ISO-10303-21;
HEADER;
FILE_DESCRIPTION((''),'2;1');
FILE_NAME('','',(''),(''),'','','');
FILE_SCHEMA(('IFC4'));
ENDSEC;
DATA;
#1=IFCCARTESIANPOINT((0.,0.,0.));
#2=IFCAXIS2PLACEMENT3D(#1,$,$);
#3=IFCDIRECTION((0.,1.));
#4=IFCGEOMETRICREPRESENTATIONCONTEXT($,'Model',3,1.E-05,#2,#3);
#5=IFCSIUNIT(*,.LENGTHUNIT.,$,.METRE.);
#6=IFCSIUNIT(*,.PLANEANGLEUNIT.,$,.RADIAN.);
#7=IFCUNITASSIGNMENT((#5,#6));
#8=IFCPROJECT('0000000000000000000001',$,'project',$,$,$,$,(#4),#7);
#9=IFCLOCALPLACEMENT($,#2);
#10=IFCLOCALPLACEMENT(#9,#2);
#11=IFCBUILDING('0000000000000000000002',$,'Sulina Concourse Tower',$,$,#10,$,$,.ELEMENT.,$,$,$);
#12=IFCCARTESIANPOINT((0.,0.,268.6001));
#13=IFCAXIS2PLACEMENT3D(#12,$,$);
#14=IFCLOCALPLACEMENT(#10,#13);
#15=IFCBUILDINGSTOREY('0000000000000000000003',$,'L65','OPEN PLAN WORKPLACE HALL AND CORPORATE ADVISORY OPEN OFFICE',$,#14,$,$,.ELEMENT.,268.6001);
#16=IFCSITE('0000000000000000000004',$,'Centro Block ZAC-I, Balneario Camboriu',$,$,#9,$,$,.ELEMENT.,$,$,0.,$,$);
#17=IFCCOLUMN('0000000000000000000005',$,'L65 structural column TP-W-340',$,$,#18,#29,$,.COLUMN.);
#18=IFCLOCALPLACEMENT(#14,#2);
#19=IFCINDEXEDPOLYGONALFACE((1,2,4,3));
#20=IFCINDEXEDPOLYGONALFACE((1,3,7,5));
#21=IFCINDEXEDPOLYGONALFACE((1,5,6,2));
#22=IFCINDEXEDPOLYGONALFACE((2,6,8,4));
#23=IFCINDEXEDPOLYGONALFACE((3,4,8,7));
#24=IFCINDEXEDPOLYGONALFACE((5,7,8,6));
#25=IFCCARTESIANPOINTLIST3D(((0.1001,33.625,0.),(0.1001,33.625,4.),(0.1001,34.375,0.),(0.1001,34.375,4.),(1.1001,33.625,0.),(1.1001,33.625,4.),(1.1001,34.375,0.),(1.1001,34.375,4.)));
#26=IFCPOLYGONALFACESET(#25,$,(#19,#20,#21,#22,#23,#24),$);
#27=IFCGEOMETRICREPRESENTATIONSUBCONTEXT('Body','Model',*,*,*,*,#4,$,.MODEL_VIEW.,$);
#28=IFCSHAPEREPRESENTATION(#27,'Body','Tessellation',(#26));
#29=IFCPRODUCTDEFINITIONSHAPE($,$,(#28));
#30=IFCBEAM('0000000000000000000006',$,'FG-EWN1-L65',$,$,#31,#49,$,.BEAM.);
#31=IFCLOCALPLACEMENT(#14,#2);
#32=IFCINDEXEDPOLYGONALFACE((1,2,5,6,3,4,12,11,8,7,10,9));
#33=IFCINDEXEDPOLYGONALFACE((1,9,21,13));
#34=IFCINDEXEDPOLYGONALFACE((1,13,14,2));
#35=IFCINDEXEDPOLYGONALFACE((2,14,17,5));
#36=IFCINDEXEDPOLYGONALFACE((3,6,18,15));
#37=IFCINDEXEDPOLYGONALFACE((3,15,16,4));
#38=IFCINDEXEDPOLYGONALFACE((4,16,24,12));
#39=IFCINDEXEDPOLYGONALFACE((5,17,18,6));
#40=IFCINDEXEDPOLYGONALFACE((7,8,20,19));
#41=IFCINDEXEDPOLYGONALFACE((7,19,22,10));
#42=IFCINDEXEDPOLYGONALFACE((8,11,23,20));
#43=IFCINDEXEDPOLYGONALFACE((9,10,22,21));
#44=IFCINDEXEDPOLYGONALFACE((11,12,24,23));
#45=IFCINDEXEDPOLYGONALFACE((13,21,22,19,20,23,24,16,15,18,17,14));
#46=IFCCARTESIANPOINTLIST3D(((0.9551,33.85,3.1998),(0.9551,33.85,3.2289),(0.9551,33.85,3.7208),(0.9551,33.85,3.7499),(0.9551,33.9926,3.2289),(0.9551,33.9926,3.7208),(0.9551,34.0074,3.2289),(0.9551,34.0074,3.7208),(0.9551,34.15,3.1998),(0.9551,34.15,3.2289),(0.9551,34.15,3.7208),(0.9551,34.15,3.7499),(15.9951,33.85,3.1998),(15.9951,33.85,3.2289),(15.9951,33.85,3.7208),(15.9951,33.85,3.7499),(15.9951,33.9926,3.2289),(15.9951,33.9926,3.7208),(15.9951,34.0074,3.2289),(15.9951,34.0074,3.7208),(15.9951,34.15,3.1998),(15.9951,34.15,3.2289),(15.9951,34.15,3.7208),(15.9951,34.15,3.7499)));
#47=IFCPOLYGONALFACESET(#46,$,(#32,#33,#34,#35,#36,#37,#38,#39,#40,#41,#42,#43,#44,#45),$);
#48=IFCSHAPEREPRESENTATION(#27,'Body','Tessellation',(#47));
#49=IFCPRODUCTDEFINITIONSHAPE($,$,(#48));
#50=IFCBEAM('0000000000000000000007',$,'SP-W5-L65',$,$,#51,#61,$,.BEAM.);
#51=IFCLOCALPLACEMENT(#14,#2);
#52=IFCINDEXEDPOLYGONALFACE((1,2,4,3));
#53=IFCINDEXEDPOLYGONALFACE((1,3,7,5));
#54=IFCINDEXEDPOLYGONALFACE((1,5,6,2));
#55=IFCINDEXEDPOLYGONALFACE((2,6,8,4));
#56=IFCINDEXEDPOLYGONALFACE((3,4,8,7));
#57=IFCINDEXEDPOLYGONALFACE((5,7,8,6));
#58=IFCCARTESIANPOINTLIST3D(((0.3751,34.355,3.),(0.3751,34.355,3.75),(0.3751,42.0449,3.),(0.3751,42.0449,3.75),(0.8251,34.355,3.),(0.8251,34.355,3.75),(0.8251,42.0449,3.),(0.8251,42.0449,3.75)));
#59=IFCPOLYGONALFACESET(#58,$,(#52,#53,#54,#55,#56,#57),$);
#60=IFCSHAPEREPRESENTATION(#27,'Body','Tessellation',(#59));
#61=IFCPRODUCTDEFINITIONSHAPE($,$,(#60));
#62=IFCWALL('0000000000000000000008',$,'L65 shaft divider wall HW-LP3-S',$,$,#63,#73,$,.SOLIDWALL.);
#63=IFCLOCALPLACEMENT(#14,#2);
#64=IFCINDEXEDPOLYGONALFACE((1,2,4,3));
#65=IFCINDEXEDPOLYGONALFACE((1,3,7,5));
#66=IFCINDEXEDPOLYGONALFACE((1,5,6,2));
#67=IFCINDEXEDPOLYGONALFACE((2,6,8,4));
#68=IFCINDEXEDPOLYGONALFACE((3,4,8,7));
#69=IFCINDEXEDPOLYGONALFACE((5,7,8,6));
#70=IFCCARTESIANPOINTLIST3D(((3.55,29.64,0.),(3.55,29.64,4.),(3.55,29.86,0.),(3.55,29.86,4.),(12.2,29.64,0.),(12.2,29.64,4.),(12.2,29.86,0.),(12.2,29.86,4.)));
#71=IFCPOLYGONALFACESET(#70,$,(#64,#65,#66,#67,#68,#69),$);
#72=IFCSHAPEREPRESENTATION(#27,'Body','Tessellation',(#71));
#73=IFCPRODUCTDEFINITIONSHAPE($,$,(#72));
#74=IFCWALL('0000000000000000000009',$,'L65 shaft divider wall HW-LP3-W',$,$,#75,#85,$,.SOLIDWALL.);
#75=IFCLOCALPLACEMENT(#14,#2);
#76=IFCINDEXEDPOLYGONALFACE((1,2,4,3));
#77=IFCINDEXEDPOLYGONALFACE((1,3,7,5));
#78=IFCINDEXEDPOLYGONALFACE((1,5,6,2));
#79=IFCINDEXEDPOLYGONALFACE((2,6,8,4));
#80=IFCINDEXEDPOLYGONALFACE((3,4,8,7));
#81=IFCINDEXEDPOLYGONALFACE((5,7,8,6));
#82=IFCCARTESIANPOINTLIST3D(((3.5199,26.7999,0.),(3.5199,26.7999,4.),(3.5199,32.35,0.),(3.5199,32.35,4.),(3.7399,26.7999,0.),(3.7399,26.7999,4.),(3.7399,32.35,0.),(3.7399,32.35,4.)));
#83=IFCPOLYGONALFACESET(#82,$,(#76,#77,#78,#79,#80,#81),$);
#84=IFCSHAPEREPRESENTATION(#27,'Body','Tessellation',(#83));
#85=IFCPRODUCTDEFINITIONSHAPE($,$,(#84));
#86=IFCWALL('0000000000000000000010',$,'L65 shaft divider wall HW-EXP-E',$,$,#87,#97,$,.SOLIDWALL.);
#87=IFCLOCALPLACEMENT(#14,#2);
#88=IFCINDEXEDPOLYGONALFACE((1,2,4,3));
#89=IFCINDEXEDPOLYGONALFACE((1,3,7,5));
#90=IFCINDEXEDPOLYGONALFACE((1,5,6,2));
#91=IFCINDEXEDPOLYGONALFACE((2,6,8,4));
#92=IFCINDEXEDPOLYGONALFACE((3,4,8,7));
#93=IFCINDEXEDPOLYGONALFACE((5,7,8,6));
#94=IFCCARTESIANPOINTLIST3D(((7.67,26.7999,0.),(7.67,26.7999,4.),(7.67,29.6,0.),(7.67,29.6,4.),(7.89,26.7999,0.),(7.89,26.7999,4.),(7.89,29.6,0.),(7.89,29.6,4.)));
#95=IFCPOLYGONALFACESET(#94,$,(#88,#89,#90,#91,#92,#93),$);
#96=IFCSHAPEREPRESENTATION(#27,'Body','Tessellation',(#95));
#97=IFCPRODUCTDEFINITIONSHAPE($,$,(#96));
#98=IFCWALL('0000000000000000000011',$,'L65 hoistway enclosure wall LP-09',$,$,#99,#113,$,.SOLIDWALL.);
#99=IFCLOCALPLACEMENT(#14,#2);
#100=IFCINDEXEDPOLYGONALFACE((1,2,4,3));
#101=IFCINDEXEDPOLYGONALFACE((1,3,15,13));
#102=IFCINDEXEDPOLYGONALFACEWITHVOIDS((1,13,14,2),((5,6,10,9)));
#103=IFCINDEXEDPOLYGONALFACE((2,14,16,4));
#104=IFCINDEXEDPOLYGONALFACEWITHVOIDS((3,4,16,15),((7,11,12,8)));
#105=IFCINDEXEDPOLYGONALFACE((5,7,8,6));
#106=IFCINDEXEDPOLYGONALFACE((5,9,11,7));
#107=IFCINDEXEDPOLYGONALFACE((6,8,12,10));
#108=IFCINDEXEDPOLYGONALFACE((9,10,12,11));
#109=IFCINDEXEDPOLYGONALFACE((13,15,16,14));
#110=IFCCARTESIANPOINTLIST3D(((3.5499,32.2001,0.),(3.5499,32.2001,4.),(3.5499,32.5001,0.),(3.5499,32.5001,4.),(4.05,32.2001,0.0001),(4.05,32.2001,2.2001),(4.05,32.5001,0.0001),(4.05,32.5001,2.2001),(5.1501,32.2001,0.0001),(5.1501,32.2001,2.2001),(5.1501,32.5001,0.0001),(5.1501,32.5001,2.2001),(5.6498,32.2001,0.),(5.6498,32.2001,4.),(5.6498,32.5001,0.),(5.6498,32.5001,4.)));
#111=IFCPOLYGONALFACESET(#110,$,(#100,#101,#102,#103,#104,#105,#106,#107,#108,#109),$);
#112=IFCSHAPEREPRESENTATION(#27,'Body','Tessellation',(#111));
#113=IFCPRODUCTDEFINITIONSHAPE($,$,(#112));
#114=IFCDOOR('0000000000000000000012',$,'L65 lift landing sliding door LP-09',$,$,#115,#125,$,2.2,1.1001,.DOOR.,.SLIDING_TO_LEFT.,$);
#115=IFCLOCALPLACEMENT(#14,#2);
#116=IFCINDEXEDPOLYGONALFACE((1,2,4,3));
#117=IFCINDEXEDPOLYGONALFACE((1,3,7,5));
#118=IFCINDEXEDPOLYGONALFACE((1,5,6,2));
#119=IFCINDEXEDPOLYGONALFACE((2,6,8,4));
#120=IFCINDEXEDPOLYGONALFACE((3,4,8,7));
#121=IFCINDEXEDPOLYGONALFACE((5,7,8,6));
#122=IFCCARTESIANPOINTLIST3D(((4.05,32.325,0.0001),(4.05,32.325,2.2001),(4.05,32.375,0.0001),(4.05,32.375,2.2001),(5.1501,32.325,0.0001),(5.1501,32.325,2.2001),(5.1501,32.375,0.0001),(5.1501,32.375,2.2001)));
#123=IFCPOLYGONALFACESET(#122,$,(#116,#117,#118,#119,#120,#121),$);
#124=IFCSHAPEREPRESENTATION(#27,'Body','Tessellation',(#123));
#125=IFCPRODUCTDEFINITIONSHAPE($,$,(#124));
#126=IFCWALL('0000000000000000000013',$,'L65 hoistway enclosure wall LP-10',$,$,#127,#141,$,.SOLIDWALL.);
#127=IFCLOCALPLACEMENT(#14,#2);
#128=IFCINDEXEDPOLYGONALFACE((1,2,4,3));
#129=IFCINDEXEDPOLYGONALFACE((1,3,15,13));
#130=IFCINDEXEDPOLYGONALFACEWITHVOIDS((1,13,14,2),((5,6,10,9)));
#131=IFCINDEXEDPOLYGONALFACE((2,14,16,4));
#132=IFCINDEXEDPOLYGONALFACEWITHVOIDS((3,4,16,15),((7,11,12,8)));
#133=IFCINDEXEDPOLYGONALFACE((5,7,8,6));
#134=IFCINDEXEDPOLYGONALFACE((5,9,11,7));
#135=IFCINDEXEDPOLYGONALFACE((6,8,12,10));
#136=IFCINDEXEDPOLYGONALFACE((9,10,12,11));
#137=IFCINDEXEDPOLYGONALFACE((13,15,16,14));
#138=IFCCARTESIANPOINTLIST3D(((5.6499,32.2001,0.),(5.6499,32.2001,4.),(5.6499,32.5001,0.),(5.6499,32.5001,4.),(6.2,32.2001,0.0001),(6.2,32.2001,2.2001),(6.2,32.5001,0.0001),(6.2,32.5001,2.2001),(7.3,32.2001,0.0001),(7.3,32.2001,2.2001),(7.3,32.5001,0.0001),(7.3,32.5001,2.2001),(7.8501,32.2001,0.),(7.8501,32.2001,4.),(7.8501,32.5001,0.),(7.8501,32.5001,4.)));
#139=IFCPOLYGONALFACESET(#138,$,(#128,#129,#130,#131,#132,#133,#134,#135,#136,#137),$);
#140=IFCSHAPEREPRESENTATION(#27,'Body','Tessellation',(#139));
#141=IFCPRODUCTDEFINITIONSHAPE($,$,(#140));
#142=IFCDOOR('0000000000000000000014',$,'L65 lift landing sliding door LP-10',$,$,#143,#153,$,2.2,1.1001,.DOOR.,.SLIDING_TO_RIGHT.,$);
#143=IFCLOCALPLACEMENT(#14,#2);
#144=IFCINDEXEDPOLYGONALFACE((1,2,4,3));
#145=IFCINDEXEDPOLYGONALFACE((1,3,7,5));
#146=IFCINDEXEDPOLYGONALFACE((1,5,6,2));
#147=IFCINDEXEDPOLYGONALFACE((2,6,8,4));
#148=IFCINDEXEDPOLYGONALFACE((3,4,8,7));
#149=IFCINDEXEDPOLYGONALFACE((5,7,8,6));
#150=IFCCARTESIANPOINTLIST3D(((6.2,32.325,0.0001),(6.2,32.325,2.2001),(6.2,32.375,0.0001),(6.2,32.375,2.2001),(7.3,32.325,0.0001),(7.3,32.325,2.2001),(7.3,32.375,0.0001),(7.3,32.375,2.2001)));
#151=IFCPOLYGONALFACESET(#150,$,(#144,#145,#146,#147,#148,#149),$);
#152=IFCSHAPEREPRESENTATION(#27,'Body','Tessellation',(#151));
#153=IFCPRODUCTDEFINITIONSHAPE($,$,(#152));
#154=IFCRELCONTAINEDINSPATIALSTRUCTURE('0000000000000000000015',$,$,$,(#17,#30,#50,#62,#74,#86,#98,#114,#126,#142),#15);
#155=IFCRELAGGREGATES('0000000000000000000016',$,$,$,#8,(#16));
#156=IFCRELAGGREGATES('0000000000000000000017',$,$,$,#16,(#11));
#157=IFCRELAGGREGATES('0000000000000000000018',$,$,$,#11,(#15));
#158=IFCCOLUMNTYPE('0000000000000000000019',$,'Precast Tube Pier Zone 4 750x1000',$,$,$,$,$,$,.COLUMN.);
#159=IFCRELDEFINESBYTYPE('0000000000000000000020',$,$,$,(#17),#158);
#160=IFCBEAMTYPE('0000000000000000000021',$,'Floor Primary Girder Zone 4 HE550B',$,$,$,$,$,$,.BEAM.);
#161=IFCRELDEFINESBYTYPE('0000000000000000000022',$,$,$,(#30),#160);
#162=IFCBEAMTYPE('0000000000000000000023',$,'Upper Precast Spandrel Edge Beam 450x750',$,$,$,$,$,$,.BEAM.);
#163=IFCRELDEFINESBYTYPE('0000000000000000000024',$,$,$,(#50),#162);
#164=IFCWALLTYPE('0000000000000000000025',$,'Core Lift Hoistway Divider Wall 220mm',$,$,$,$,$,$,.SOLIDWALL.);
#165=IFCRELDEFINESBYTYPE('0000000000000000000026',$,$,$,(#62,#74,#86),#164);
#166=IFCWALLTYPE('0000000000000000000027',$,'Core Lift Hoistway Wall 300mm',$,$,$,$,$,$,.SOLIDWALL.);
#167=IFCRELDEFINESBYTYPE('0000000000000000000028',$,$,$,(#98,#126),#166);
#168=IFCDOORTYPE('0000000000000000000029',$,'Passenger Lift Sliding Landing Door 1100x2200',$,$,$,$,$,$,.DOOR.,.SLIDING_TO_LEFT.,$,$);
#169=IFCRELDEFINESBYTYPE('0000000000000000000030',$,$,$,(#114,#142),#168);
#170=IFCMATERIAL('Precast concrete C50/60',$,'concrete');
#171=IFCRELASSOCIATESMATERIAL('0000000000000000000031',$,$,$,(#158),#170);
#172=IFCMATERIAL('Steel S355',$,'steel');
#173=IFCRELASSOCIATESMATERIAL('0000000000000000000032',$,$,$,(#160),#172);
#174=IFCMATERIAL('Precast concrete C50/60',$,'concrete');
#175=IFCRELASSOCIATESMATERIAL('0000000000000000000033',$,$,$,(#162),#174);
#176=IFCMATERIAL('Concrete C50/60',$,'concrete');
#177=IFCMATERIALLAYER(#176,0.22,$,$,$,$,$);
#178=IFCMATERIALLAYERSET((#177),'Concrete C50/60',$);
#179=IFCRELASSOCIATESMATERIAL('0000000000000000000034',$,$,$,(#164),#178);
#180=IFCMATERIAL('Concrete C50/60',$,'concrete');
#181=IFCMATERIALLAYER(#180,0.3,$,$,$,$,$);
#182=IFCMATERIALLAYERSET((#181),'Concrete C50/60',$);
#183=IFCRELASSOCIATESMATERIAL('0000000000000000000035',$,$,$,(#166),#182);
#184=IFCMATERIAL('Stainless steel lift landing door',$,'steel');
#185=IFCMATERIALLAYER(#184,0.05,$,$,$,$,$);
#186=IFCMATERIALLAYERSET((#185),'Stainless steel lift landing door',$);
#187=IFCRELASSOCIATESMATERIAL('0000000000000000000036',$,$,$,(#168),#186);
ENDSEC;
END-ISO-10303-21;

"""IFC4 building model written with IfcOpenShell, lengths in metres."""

from ifc_helpers import new_model, si_unit, direction, frame, frame_2d, origin, origin_2d, place, context, subcontext, project, spatial, rectangle, i_section, extrude, material, layer, layer_set, material_profile, profile_set, type_object, element, fill, save


model = new_model("IFC4")

# Units and contexts
model_context = context("Model", 3, precision=1e-05, world=origin(), true_north=direction((0.0, 1.0)))
body_context = subcontext(model_context, "Body", "Model", "MODEL_VIEW")
ifc_project = project(units=[si_unit("LENGTHUNIT", "METRE"), si_unit("PLANEANGLEUNIT", "RADIAN")], contexts=[model_context])

# Site, building, storey
site_placement = place(None, origin())
site = spatial("IfcSite", under=ifc_project, at=site_placement, Name="Centro Block ZAC-I, Balneario Camboriu", CompositionType="ELEMENT", RefElevation=0.0)
building_placement = place(site_placement, origin())
building = spatial("IfcBuilding", under=site, at=building_placement, Name="Sulina Concourse Tower", CompositionType="ELEMENT")
storey_placement = place(building_placement, frame((0.0, 0.0, 268.6001)))
storey = spatial("IfcBuildingStorey", under=building, at=storey_placement, Name="L65", Description="OPEN PLAN WORKPLACE HALL AND CORPORATE ADVISORY OPEN OFFICE", CompositionType="ELEMENT", Elevation=268.6001)

# Column
ifc_material_1 = material(Name="Precast concrete C50/60", Category="concrete")
ifc_material_profile_1 = material_profile(ifc_material_1, rectangle(XDim=0.75, YDim=1.0, at=origin_2d()), Name="PC 750x1000")
ifc_profile_set_1 = profile_set([ifc_material_profile_1], Name="Precast concrete C50/60")
column_type = type_object("IfcColumnType", Name="Precast Tube Pier Zone 4 750x1000", PredefinedType="COLUMN", material=ifc_profile_set_1)
column_placement = place(storey_placement, frame((0.6001, 34.0, 0.0), z_axis=(0.0, 0.0, 1.0), x_axis=(0.0, 1.0, 0.0)))
element("IfcColumn", 1, at=column_placement, inside=storey, type_object=column_type, Name="L65 structural column TP-W-340", PredefinedType="COLUMN", context=body_context, shape_type="SweptSolid", body=[
    extrude(rectangle(XDim=0.75, YDim=1.0, at=origin_2d()), origin(), (0.0, 0.0, 1.0), 4.0),
])

# Beams
ifc_material_2 = material(Name="Steel S355", Category="steel")
ifc_material_profile_2 = material_profile(ifc_material_2, i_section(OverallWidth=0.3, OverallDepth=0.55, WebThickness=0.0149, FlangeThickness=0.0291, at=origin_2d()), Name="HE 550 B")
ifc_profile_set_2 = profile_set([ifc_material_profile_2], Name="Steel S355")
beam_type_1 = type_object("IfcBeamType", Name="Floor Primary Girder Zone 4 HE550B", PredefinedType="BEAM", material=ifc_profile_set_2)
beam_1_placement = place(storey_placement, frame((0.9551, 34.0, 3.4749), z_axis=(1.0, 0.0, 0.0), x_axis=(0.0, 1.0, 0.0)))
element("IfcBeam", 2, at=beam_1_placement, inside=storey, type_object=beam_type_1, Name="FG-EWN1-L65", PredefinedType="BEAM", context=body_context, shape_type="SweptSolid", body=[
    extrude(i_section(OverallWidth=0.3, OverallDepth=0.55, WebThickness=0.0149, FlangeThickness=0.0291, at=origin_2d()), origin(), (0.0, 0.0, 1.0), 15.04),
])
ifc_material_3 = material(Name="Precast concrete C50/60", Category="concrete")
ifc_material_profile_3 = material_profile(ifc_material_3, rectangle(XDim=0.45, YDim=0.75, at=origin_2d()), Name="RC 450x750")
ifc_profile_set_3 = profile_set([ifc_material_profile_3], Name="Precast concrete C50/60")
beam_type_2 = type_object("IfcBeamType", Name="Upper Precast Spandrel Edge Beam 450x750", PredefinedType="BEAM", material=ifc_profile_set_3)
beam_2_placement = place(storey_placement, frame((0.6001, 34.355, 3.375), z_axis=(0.0, 1.0, 0.0), x_axis=(-1.0, 0.0, 0.0)))
element("IfcBeam", 3, at=beam_2_placement, inside=storey, type_object=beam_type_2, Name="SP-W5-L65", PredefinedType="BEAM", context=body_context, shape_type="SweptSolid", body=[
    extrude(rectangle(XDim=0.45, YDim=0.75, at=origin_2d()), origin(), (0.0, 0.0, 1.0), 7.6899),
])

# Walls
ifc_material_4 = material(Name="Concrete C50/60", Category="concrete")
ifc_layer_1 = layer(ifc_material_4, 0.22)
ifc_layer_set_1 = layer_set([ifc_layer_1], Name="Concrete C50/60")
wall_type_1 = type_object("IfcWallType", Name="Core Lift Hoistway Divider Wall 220mm", PredefinedType="SOLIDWALL", material=ifc_layer_set_1)
wall_1_placement = place(storey_placement, frame((3.55, 29.75, 0.0), z_axis=(0.0, 0.0, 1.0), x_axis=(1.0, 0.0, 0.0)))
element("IfcWall", 4, at=wall_1_placement, inside=storey, type_object=wall_type_1, Name="L65 shaft divider wall HW-LP3-S", PredefinedType="SOLIDWALL", context=body_context, shape_type="SweptSolid", body=[
    extrude(rectangle(XDim=8.6499, YDim=0.22, at=frame_2d((4.325, 0.0))), origin(), (0.0, 0.0, 1.0), 4.0),
])
wall_2_placement = place(storey_placement, frame((3.6299, 26.8, 0.0), z_axis=(0.0, 0.0, 1.0), x_axis=(0.0, 1.0, 0.0)))
element("IfcWall", 5, at=wall_2_placement, inside=storey, type_object=wall_type_1, Name="L65 shaft divider wall HW-LP3-W", PredefinedType="SOLIDWALL", context=body_context, shape_type="SweptSolid", body=[
    extrude(rectangle(XDim=5.55, YDim=0.22, at=frame_2d((2.7749, 0.0))), origin(), (0.0, 0.0, 1.0), 4.0),
])
wall_3_placement = place(storey_placement, frame((7.78, 26.8, 0.0), z_axis=(0.0, 0.0, 1.0), x_axis=(0.0, 1.0, 0.0)))
element("IfcWall", 6, at=wall_3_placement, inside=storey, type_object=wall_type_1, Name="L65 shaft divider wall HW-EXP-E", PredefinedType="SOLIDWALL", context=body_context, shape_type="SweptSolid", body=[
    extrude(rectangle(XDim=2.8, YDim=0.22, at=frame_2d((1.3999, 0.0))), origin(), (0.0, 0.0, 1.0), 4.0),
])

# Walls, openings, doors
ifc_material_5 = material(Name="Concrete C50/60", Category="concrete")
ifc_layer_2 = layer(ifc_material_5, 0.3)
ifc_layer_set_2 = layer_set([ifc_layer_2], Name="Concrete C50/60")
wall_type_2 = type_object("IfcWallType", Name="Core Lift Hoistway Wall 300mm", PredefinedType="SOLIDWALL", material=ifc_layer_set_2)
wall_4_placement = place(storey_placement, frame((3.55, 32.3501, 0.0), z_axis=(0.0, 0.0, 1.0), x_axis=(1.0, 0.0, 0.0)))
wall_4 = element("IfcWall", 7, at=wall_4_placement, inside=storey, type_object=wall_type_2, Name="L65 hoistway enclosure wall LP-09", PredefinedType="SOLIDWALL", context=body_context, shape_type="SweptSolid", body=[
    extrude(rectangle(XDim=2.0999, YDim=0.3, at=frame_2d((1.0498, 0.0))), origin(), (0.0, 0.0, 1.0), 4.0),
])
opening_1_placement = place(wall_4_placement, frame((0.5, 0.0, 0.0)))
opening_1 = element("IfcOpeningElement", 8, at=opening_1_placement, cuts=wall_4, PredefinedType="OPENING", context=body_context, shape_type="SweptSolid", body=[
    extrude(rectangle(XDim=1.1001, YDim=2.2, at=frame_2d((0.55, 1.1001))), frame((0.0, 0.1599, 0.0), z_axis=(0.0, -1.0, 0.0), x_axis=(1.0, 0.0, 0.0)), (0.0, 0.0, 1.0), 0.3201),
])
ifc_material_6 = material(Name="Stainless steel lift landing door", Category="steel")
ifc_layer_3 = layer(ifc_material_6, 0.05)
ifc_layer_set_3 = layer_set([ifc_layer_3], Name="Stainless steel lift landing door")
door_type_1 = type_object("IfcDoorType", Name="Passenger Lift Sliding Landing Door 1100x2200", OperationType="SLIDING_TO_LEFT", PredefinedType="DOOR", material=ifc_layer_set_3)
door_1_placement = place(opening_1_placement, origin())
door_1 = element("IfcDoor", 9, at=door_1_placement, inside=storey, type_object=door_type_1, Name="L65 lift landing sliding door LP-09", OperationType="SLIDING_TO_LEFT", OverallHeight=2.2, OverallWidth=1.1001, PredefinedType="DOOR", context=body_context, shape_type="SweptSolid", body=[
    extrude(rectangle(XDim=1.1001, YDim=2.2, at=frame_2d((0.55, 1.1001))), frame((0.0, 0.0249, 0.0), z_axis=(0.0, -1.0, 0.0), x_axis=(1.0, 0.0, 0.0)), (0.0, 0.0, 1.0), 0.05),
])
fill(opening_1, door_1)
wall_5_placement = place(storey_placement, frame((5.6499, 32.3501, 0.0), z_axis=(0.0, 0.0, 1.0), x_axis=(1.0, 0.0, 0.0)))
wall_5 = element("IfcWall", 10, at=wall_5_placement, inside=storey, type_object=wall_type_2, Name="L65 hoistway enclosure wall LP-10", PredefinedType="SOLIDWALL", context=body_context, shape_type="SweptSolid", body=[
    extrude(rectangle(XDim=2.2002, YDim=0.3, at=frame_2d((1.1001, 0.0))), origin(), (0.0, 0.0, 1.0), 4.0),
])
opening_2_placement = place(wall_5_placement, frame((0.55, 0.0, 0.0)))
opening_2 = element("IfcOpeningElement", 11, at=opening_2_placement, cuts=wall_5, PredefinedType="OPENING", context=body_context, shape_type="SweptSolid", body=[
    extrude(rectangle(XDim=1.1001, YDim=2.2, at=frame_2d((0.55, 1.1001))), frame((0.0, 0.1599, 0.0), z_axis=(0.0, -1.0, 0.0), x_axis=(1.0, 0.0, 0.0)), (0.0, 0.0, 1.0), 0.3201),
])
door_2_placement = place(opening_2_placement, origin())
door_2 = element("IfcDoor", 12, at=door_2_placement, inside=storey, type_object=door_type_1, Name="L65 lift landing sliding door LP-10", OperationType="SLIDING_TO_RIGHT", OverallHeight=2.2, OverallWidth=1.1001, PredefinedType="DOOR", context=body_context, shape_type="SweptSolid", body=[
    extrude(rectangle(XDim=1.1001, YDim=2.2, at=frame_2d((0.55, 1.1001))), frame((0.0, 0.0249, 0.0), z_axis=(0.0, -1.0, 0.0), x_axis=(1.0, 0.0, 0.0)), (0.0, 0.0, 1.0), 0.05),
])
fill(opening_2, door_2)

save(model, "model.ifc")
